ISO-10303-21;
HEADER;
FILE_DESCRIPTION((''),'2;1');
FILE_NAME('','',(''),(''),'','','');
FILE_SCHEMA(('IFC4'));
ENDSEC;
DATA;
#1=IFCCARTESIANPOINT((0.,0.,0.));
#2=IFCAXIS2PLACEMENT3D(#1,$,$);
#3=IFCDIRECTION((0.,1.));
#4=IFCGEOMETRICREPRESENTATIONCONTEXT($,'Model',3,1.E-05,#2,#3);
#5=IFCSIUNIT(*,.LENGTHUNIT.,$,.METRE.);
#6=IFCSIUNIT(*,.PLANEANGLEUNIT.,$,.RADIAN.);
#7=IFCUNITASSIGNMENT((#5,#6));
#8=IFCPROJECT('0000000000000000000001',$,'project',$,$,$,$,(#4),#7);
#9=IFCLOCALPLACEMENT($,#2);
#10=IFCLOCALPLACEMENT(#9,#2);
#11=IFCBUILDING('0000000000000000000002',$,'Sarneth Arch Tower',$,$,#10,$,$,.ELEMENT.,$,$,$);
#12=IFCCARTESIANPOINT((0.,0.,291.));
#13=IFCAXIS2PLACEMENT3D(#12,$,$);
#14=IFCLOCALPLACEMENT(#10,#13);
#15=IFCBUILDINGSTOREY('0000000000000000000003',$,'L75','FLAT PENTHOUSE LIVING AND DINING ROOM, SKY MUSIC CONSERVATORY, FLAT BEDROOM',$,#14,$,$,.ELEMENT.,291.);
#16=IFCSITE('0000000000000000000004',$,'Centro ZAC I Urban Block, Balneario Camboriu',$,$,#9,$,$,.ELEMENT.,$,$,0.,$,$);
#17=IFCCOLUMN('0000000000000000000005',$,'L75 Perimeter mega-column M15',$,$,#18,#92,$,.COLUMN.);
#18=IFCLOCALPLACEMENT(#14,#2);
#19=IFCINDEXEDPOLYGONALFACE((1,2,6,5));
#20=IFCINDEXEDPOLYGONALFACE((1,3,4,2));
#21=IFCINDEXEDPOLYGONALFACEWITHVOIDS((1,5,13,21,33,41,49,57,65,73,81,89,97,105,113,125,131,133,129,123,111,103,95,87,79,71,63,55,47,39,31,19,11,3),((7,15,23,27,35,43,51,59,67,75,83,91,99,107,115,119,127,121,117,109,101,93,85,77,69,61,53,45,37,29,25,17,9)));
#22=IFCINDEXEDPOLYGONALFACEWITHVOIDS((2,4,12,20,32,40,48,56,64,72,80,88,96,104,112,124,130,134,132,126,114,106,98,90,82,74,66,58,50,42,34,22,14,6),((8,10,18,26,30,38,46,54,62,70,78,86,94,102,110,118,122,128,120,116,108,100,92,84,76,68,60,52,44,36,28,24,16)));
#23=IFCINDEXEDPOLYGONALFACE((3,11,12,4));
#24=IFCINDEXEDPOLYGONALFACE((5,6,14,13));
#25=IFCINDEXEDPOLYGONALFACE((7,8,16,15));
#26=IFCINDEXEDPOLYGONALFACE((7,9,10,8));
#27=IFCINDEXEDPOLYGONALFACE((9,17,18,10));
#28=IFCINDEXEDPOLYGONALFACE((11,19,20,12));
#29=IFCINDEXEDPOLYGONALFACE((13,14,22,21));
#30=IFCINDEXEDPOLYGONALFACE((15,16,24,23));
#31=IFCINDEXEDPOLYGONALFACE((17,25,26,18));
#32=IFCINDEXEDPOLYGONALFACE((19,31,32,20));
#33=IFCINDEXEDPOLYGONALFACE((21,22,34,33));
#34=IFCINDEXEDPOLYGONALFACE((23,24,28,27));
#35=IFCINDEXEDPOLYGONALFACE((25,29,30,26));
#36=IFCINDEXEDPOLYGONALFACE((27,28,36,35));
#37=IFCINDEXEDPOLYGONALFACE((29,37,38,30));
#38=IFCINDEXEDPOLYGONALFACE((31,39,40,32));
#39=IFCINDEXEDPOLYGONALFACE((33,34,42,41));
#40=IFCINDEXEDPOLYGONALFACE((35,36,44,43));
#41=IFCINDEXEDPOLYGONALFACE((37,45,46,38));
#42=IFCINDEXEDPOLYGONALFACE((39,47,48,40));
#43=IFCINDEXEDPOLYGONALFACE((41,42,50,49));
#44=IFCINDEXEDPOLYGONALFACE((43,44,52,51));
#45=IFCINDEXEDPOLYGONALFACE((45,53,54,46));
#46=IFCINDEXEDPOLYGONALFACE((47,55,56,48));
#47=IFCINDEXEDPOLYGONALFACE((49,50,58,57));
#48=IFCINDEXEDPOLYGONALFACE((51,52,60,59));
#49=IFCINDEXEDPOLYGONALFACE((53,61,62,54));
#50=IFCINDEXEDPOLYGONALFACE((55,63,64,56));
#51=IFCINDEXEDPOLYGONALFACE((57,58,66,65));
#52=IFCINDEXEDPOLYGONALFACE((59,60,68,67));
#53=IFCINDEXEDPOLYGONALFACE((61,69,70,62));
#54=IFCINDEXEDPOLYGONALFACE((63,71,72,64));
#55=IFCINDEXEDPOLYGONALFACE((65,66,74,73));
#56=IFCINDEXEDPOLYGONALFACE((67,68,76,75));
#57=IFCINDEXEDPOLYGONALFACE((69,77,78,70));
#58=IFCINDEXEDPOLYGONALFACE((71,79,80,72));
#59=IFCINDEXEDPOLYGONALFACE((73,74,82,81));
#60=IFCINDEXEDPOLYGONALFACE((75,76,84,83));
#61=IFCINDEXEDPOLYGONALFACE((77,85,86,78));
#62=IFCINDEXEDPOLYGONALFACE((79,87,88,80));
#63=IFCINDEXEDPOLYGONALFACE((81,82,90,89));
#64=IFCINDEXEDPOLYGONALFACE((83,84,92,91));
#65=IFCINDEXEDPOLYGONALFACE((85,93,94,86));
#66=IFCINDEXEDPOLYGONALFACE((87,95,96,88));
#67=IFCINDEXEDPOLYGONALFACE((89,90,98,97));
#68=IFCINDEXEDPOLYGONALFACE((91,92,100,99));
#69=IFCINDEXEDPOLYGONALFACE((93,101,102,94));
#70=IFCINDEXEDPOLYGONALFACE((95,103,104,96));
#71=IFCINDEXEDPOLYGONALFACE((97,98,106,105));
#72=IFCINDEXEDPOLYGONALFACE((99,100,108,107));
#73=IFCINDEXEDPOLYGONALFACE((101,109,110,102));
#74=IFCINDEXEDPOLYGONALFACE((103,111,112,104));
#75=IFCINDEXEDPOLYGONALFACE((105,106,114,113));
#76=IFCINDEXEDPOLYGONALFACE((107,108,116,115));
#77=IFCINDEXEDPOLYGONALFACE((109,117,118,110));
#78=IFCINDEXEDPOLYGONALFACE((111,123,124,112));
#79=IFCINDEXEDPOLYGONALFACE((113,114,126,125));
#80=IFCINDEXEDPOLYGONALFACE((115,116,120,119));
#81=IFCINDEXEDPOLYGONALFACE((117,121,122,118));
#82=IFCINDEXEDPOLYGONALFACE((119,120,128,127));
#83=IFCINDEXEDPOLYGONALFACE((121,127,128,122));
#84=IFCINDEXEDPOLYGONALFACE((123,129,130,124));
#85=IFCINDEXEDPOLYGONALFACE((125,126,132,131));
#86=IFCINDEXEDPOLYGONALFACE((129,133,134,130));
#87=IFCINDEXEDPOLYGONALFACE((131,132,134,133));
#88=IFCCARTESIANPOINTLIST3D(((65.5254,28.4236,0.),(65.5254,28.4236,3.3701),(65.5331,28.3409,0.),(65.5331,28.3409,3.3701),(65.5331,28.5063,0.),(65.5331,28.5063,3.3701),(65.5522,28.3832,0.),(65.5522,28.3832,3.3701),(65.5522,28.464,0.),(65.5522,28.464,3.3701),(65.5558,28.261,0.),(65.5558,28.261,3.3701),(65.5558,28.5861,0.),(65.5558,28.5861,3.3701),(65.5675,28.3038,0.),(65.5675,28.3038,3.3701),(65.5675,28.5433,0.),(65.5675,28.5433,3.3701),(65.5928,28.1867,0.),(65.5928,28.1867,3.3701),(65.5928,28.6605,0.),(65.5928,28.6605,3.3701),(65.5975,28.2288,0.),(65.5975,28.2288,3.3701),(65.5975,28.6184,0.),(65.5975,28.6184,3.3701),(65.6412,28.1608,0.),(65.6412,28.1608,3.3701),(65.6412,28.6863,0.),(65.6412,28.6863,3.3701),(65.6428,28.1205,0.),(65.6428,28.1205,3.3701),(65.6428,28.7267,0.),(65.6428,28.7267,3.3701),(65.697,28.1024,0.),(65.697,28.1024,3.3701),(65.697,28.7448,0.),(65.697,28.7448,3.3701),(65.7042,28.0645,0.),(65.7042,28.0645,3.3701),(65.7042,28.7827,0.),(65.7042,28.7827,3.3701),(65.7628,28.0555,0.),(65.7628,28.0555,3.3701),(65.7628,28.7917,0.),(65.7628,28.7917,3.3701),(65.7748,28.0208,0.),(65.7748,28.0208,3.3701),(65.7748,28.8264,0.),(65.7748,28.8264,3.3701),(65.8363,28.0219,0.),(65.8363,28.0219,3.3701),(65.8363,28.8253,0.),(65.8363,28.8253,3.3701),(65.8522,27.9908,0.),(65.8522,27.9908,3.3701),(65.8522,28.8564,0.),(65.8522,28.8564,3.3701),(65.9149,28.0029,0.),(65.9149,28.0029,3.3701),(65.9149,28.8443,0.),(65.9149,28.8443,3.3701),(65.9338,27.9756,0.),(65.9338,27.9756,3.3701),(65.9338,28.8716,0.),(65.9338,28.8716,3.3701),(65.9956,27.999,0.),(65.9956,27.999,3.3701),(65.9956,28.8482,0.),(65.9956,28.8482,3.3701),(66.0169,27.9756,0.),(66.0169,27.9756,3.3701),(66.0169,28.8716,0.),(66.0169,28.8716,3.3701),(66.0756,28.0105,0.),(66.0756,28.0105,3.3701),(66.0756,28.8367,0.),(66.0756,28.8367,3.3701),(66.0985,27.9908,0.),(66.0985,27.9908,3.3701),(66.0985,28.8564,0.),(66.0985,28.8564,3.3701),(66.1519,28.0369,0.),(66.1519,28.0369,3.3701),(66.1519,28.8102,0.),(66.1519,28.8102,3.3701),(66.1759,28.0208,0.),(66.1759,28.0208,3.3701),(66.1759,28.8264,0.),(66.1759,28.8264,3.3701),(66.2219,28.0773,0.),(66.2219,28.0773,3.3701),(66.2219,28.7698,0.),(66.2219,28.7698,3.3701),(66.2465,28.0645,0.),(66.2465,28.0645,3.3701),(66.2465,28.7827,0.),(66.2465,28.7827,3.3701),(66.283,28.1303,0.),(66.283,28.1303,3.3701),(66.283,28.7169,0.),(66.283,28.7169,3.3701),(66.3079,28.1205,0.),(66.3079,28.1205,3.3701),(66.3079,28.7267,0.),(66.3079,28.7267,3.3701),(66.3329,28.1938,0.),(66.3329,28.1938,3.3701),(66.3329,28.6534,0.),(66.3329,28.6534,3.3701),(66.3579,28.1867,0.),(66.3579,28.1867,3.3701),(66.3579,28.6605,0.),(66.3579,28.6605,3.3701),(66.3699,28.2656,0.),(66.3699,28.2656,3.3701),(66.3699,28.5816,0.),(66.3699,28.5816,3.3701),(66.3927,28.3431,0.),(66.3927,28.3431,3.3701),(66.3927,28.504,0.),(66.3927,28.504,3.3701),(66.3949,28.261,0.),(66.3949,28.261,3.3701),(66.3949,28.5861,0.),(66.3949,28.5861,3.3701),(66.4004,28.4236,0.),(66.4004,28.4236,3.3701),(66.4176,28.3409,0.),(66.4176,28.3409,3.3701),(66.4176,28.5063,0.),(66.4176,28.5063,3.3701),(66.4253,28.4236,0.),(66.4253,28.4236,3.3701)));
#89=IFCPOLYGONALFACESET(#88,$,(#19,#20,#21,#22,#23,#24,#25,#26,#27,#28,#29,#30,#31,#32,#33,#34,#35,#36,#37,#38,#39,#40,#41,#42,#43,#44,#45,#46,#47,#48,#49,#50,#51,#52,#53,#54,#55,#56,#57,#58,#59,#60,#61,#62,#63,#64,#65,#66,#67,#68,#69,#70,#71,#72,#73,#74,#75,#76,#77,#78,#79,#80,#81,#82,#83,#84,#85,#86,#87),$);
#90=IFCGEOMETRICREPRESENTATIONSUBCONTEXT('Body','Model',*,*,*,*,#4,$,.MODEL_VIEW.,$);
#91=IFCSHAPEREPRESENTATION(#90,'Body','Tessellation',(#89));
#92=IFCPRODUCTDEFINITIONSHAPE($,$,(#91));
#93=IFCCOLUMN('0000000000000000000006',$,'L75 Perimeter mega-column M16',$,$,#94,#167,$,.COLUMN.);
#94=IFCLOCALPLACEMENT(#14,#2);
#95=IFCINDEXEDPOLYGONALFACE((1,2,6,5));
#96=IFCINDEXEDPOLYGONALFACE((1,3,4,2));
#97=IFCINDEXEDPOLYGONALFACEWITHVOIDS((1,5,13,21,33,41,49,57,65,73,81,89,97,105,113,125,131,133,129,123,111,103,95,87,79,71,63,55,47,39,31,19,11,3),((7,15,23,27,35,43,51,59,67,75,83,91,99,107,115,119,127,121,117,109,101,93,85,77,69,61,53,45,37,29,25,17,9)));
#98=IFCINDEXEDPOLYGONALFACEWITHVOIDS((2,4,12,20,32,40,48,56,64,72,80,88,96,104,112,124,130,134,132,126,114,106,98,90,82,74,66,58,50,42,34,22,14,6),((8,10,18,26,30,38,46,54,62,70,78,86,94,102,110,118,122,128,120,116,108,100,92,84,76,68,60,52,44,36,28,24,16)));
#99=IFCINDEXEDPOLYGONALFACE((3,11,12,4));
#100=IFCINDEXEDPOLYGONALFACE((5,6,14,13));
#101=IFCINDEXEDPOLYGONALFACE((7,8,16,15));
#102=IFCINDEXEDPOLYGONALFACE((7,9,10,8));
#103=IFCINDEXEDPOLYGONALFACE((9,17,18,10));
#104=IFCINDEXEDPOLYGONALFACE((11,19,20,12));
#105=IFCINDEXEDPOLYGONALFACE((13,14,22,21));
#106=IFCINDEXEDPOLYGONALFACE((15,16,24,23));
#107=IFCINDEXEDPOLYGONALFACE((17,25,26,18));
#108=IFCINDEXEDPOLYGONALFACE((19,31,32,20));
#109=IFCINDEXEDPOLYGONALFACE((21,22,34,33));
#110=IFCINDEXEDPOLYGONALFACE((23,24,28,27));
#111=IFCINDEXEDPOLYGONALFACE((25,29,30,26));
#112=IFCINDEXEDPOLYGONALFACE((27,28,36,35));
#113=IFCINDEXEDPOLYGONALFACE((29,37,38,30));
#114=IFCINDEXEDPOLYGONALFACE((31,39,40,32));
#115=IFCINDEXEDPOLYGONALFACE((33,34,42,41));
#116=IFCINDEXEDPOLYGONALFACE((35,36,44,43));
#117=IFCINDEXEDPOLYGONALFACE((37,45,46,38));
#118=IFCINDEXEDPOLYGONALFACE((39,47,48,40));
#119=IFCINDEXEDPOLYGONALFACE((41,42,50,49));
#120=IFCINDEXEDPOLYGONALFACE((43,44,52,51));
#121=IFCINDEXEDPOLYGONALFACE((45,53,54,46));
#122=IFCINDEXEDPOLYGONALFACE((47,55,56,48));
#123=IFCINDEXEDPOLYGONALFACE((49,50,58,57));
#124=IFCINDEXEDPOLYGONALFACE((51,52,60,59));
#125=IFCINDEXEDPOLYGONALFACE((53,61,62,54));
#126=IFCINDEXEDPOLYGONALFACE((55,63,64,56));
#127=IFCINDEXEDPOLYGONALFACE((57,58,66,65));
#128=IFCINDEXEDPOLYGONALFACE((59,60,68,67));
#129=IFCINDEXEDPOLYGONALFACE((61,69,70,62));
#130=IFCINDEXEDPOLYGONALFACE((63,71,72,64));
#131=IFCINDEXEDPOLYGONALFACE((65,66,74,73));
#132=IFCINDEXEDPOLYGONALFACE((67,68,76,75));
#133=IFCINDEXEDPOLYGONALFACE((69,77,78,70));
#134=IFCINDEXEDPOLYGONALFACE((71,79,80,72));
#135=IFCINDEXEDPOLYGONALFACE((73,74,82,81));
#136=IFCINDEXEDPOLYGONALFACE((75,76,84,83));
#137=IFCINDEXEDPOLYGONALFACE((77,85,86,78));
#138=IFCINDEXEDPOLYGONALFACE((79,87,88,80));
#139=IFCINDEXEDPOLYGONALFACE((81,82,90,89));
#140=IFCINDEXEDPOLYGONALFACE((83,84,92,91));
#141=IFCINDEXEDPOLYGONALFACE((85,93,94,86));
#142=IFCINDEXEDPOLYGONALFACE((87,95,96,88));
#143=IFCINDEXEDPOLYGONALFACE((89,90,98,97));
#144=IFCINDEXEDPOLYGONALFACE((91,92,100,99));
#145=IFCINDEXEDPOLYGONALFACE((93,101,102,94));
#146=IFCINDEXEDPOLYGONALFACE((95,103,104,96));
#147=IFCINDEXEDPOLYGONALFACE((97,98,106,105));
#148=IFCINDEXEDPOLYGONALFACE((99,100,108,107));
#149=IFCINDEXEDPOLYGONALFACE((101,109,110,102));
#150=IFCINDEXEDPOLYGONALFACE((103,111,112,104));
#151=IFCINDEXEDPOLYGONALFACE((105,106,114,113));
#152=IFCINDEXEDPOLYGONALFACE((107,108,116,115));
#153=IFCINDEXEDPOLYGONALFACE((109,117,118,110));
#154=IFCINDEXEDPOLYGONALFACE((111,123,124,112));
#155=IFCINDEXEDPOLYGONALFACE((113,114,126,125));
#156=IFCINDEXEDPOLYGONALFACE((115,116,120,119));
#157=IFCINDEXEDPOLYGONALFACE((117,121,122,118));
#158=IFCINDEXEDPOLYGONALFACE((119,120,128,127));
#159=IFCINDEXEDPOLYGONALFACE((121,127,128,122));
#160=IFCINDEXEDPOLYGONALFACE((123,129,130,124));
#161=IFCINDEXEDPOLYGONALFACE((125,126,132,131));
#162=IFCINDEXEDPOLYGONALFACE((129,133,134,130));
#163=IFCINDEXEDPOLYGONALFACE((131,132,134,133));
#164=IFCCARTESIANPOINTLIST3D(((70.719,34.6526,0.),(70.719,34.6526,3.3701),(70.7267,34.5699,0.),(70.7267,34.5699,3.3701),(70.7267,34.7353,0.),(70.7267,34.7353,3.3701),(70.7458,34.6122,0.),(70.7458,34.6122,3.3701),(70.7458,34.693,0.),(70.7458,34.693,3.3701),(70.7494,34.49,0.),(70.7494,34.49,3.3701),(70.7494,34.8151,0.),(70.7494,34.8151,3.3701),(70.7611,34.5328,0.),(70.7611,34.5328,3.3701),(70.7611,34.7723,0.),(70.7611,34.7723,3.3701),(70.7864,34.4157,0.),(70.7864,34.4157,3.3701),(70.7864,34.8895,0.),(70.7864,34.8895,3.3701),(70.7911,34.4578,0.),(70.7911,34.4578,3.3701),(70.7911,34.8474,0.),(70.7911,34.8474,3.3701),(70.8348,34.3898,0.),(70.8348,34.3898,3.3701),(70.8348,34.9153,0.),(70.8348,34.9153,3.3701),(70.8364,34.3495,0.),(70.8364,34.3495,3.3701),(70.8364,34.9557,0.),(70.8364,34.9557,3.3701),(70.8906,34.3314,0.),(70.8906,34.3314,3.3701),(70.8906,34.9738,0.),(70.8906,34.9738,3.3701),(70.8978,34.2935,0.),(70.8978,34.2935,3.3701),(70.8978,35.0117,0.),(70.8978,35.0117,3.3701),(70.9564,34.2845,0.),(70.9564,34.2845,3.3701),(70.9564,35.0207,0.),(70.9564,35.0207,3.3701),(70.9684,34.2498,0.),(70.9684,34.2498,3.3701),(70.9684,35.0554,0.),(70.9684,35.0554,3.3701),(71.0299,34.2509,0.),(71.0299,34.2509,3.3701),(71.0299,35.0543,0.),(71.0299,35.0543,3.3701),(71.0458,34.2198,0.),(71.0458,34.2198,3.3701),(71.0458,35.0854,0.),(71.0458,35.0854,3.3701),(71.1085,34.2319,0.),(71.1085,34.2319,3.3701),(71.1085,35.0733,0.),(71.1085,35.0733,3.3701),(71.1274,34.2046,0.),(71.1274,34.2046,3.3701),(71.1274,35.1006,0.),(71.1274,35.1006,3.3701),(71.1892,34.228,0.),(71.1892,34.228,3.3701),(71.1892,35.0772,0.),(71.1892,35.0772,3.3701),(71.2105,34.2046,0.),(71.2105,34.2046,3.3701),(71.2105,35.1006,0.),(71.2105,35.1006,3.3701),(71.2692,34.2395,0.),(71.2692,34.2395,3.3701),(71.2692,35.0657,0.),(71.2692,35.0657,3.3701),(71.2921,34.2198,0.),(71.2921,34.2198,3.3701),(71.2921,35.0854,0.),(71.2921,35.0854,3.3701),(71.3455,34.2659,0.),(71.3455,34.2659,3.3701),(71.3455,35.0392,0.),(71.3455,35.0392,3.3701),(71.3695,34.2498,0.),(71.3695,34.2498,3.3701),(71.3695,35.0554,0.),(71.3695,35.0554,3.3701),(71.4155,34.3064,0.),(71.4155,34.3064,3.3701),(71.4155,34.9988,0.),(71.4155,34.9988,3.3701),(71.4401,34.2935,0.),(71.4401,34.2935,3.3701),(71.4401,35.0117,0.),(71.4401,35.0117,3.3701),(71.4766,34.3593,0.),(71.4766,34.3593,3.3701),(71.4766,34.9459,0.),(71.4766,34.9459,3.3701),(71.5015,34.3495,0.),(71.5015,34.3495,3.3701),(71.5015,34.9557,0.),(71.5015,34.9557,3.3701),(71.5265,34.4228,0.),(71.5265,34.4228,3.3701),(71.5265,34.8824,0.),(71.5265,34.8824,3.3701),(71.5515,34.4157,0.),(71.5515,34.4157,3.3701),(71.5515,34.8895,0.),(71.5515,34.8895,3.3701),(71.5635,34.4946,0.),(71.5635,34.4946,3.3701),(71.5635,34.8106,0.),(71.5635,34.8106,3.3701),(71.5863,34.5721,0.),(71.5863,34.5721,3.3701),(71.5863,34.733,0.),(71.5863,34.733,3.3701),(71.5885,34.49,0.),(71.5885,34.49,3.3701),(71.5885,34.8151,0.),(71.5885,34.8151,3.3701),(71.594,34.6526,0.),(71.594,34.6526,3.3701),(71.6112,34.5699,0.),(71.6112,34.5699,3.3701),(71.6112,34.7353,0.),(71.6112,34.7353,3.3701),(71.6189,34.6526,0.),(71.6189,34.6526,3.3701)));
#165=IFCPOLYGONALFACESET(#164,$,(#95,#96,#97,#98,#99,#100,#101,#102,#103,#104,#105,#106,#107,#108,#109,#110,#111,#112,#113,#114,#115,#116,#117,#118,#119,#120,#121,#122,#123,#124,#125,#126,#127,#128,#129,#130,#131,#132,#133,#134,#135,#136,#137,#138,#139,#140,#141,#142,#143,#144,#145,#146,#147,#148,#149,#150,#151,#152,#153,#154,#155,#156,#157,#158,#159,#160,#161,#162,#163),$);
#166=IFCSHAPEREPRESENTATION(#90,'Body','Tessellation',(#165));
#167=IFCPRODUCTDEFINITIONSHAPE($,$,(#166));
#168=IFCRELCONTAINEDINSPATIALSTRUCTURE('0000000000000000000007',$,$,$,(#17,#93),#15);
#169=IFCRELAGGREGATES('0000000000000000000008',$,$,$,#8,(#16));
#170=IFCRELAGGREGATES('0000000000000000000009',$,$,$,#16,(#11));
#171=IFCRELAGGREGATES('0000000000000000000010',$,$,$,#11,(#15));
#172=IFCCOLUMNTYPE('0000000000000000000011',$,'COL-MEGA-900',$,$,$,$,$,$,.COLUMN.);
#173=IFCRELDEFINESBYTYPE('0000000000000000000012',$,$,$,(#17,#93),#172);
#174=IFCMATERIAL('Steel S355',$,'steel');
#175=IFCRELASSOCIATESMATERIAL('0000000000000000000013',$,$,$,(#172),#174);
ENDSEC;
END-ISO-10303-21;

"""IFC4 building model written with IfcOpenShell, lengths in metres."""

from ifc_helpers import new_model, si_unit, direction, frame, origin, origin_2d, place, context, subcontext, project, spatial, hollow_circle, extrude, material, material_profile, profile_set, type_object, element, save


model = new_model("IFC4")

# Units and contexts
model_context = context("Model", 3, precision=1e-05, world=origin(), true_north=direction((0.0, 1.0)))
body_context = subcontext(model_context, "Body", "Model", "MODEL_VIEW")
ifc_project = project(units=[si_unit("LENGTHUNIT", "METRE"), si_unit("PLANEANGLEUNIT", "RADIAN")], contexts=[model_context])

# Site, building, storey
site_placement = place(None, origin())
site = spatial("IfcSite", under=ifc_project, at=site_placement, Name="Centro ZAC I Urban Block, Balneario Camboriu", CompositionType="ELEMENT", RefElevation=0.0)
building_placement = place(site_placement, origin())
building = spatial("IfcBuilding", under=site, at=building_placement, Name="Sarneth Arch Tower", CompositionType="ELEMENT")
storey_placement = place(building_placement, frame((0.0, 0.0, 291.0)))
storey = spatial("IfcBuildingStorey", under=building, at=storey_placement, Name="L75", Description="FLAT PENTHOUSE LIVING AND DINING ROOM, SKY MUSIC CONSERVATORY, FLAT BEDROOM", CompositionType="ELEMENT", Elevation=291.0)

# Columns
ifc_material_1 = material(Name="Steel S355", Category="steel")
ifc_material_profile_1 = material_profile(ifc_material_1, hollow_circle(Radius=0.45, WallThickness=0.0249, at=origin_2d()), Name="CHS900x25")
ifc_profile_set_1 = profile_set([ifc_material_profile_1], Name="Steel S355")
column_type = type_object("IfcColumnType", Name="COL-MEGA-900", PredefinedType="COLUMN", material=ifc_profile_set_1)
for number, where, z_axis, x_axis, name in (
    (1, (65.9753, 28.4236, 0.0), (0.0, 0.0, 1.0), (1.0, 0.0, 0.0), "L75 Perimeter mega-column M15"),
    (2, (71.1689, 34.6526, 0.0), (0.0, 0.0, 1.0), (1.0, 0.0, 0.0), "L75 Perimeter mega-column M16"),
):
    element("IfcColumn", number, at=place(storey_placement, frame(where, z_axis=z_axis, x_axis=x_axis)), inside=storey, type_object=column_type, Name=name, PredefinedType="COLUMN", context=body_context, shape_type="SweptSolid", body=[
        extrude(hollow_circle(Radius=0.45, WallThickness=0.0249, at=origin_2d()), origin(), (0.0, 0.0, 1.0), 3.3701),
    ])

save(model, "model.ifc")
